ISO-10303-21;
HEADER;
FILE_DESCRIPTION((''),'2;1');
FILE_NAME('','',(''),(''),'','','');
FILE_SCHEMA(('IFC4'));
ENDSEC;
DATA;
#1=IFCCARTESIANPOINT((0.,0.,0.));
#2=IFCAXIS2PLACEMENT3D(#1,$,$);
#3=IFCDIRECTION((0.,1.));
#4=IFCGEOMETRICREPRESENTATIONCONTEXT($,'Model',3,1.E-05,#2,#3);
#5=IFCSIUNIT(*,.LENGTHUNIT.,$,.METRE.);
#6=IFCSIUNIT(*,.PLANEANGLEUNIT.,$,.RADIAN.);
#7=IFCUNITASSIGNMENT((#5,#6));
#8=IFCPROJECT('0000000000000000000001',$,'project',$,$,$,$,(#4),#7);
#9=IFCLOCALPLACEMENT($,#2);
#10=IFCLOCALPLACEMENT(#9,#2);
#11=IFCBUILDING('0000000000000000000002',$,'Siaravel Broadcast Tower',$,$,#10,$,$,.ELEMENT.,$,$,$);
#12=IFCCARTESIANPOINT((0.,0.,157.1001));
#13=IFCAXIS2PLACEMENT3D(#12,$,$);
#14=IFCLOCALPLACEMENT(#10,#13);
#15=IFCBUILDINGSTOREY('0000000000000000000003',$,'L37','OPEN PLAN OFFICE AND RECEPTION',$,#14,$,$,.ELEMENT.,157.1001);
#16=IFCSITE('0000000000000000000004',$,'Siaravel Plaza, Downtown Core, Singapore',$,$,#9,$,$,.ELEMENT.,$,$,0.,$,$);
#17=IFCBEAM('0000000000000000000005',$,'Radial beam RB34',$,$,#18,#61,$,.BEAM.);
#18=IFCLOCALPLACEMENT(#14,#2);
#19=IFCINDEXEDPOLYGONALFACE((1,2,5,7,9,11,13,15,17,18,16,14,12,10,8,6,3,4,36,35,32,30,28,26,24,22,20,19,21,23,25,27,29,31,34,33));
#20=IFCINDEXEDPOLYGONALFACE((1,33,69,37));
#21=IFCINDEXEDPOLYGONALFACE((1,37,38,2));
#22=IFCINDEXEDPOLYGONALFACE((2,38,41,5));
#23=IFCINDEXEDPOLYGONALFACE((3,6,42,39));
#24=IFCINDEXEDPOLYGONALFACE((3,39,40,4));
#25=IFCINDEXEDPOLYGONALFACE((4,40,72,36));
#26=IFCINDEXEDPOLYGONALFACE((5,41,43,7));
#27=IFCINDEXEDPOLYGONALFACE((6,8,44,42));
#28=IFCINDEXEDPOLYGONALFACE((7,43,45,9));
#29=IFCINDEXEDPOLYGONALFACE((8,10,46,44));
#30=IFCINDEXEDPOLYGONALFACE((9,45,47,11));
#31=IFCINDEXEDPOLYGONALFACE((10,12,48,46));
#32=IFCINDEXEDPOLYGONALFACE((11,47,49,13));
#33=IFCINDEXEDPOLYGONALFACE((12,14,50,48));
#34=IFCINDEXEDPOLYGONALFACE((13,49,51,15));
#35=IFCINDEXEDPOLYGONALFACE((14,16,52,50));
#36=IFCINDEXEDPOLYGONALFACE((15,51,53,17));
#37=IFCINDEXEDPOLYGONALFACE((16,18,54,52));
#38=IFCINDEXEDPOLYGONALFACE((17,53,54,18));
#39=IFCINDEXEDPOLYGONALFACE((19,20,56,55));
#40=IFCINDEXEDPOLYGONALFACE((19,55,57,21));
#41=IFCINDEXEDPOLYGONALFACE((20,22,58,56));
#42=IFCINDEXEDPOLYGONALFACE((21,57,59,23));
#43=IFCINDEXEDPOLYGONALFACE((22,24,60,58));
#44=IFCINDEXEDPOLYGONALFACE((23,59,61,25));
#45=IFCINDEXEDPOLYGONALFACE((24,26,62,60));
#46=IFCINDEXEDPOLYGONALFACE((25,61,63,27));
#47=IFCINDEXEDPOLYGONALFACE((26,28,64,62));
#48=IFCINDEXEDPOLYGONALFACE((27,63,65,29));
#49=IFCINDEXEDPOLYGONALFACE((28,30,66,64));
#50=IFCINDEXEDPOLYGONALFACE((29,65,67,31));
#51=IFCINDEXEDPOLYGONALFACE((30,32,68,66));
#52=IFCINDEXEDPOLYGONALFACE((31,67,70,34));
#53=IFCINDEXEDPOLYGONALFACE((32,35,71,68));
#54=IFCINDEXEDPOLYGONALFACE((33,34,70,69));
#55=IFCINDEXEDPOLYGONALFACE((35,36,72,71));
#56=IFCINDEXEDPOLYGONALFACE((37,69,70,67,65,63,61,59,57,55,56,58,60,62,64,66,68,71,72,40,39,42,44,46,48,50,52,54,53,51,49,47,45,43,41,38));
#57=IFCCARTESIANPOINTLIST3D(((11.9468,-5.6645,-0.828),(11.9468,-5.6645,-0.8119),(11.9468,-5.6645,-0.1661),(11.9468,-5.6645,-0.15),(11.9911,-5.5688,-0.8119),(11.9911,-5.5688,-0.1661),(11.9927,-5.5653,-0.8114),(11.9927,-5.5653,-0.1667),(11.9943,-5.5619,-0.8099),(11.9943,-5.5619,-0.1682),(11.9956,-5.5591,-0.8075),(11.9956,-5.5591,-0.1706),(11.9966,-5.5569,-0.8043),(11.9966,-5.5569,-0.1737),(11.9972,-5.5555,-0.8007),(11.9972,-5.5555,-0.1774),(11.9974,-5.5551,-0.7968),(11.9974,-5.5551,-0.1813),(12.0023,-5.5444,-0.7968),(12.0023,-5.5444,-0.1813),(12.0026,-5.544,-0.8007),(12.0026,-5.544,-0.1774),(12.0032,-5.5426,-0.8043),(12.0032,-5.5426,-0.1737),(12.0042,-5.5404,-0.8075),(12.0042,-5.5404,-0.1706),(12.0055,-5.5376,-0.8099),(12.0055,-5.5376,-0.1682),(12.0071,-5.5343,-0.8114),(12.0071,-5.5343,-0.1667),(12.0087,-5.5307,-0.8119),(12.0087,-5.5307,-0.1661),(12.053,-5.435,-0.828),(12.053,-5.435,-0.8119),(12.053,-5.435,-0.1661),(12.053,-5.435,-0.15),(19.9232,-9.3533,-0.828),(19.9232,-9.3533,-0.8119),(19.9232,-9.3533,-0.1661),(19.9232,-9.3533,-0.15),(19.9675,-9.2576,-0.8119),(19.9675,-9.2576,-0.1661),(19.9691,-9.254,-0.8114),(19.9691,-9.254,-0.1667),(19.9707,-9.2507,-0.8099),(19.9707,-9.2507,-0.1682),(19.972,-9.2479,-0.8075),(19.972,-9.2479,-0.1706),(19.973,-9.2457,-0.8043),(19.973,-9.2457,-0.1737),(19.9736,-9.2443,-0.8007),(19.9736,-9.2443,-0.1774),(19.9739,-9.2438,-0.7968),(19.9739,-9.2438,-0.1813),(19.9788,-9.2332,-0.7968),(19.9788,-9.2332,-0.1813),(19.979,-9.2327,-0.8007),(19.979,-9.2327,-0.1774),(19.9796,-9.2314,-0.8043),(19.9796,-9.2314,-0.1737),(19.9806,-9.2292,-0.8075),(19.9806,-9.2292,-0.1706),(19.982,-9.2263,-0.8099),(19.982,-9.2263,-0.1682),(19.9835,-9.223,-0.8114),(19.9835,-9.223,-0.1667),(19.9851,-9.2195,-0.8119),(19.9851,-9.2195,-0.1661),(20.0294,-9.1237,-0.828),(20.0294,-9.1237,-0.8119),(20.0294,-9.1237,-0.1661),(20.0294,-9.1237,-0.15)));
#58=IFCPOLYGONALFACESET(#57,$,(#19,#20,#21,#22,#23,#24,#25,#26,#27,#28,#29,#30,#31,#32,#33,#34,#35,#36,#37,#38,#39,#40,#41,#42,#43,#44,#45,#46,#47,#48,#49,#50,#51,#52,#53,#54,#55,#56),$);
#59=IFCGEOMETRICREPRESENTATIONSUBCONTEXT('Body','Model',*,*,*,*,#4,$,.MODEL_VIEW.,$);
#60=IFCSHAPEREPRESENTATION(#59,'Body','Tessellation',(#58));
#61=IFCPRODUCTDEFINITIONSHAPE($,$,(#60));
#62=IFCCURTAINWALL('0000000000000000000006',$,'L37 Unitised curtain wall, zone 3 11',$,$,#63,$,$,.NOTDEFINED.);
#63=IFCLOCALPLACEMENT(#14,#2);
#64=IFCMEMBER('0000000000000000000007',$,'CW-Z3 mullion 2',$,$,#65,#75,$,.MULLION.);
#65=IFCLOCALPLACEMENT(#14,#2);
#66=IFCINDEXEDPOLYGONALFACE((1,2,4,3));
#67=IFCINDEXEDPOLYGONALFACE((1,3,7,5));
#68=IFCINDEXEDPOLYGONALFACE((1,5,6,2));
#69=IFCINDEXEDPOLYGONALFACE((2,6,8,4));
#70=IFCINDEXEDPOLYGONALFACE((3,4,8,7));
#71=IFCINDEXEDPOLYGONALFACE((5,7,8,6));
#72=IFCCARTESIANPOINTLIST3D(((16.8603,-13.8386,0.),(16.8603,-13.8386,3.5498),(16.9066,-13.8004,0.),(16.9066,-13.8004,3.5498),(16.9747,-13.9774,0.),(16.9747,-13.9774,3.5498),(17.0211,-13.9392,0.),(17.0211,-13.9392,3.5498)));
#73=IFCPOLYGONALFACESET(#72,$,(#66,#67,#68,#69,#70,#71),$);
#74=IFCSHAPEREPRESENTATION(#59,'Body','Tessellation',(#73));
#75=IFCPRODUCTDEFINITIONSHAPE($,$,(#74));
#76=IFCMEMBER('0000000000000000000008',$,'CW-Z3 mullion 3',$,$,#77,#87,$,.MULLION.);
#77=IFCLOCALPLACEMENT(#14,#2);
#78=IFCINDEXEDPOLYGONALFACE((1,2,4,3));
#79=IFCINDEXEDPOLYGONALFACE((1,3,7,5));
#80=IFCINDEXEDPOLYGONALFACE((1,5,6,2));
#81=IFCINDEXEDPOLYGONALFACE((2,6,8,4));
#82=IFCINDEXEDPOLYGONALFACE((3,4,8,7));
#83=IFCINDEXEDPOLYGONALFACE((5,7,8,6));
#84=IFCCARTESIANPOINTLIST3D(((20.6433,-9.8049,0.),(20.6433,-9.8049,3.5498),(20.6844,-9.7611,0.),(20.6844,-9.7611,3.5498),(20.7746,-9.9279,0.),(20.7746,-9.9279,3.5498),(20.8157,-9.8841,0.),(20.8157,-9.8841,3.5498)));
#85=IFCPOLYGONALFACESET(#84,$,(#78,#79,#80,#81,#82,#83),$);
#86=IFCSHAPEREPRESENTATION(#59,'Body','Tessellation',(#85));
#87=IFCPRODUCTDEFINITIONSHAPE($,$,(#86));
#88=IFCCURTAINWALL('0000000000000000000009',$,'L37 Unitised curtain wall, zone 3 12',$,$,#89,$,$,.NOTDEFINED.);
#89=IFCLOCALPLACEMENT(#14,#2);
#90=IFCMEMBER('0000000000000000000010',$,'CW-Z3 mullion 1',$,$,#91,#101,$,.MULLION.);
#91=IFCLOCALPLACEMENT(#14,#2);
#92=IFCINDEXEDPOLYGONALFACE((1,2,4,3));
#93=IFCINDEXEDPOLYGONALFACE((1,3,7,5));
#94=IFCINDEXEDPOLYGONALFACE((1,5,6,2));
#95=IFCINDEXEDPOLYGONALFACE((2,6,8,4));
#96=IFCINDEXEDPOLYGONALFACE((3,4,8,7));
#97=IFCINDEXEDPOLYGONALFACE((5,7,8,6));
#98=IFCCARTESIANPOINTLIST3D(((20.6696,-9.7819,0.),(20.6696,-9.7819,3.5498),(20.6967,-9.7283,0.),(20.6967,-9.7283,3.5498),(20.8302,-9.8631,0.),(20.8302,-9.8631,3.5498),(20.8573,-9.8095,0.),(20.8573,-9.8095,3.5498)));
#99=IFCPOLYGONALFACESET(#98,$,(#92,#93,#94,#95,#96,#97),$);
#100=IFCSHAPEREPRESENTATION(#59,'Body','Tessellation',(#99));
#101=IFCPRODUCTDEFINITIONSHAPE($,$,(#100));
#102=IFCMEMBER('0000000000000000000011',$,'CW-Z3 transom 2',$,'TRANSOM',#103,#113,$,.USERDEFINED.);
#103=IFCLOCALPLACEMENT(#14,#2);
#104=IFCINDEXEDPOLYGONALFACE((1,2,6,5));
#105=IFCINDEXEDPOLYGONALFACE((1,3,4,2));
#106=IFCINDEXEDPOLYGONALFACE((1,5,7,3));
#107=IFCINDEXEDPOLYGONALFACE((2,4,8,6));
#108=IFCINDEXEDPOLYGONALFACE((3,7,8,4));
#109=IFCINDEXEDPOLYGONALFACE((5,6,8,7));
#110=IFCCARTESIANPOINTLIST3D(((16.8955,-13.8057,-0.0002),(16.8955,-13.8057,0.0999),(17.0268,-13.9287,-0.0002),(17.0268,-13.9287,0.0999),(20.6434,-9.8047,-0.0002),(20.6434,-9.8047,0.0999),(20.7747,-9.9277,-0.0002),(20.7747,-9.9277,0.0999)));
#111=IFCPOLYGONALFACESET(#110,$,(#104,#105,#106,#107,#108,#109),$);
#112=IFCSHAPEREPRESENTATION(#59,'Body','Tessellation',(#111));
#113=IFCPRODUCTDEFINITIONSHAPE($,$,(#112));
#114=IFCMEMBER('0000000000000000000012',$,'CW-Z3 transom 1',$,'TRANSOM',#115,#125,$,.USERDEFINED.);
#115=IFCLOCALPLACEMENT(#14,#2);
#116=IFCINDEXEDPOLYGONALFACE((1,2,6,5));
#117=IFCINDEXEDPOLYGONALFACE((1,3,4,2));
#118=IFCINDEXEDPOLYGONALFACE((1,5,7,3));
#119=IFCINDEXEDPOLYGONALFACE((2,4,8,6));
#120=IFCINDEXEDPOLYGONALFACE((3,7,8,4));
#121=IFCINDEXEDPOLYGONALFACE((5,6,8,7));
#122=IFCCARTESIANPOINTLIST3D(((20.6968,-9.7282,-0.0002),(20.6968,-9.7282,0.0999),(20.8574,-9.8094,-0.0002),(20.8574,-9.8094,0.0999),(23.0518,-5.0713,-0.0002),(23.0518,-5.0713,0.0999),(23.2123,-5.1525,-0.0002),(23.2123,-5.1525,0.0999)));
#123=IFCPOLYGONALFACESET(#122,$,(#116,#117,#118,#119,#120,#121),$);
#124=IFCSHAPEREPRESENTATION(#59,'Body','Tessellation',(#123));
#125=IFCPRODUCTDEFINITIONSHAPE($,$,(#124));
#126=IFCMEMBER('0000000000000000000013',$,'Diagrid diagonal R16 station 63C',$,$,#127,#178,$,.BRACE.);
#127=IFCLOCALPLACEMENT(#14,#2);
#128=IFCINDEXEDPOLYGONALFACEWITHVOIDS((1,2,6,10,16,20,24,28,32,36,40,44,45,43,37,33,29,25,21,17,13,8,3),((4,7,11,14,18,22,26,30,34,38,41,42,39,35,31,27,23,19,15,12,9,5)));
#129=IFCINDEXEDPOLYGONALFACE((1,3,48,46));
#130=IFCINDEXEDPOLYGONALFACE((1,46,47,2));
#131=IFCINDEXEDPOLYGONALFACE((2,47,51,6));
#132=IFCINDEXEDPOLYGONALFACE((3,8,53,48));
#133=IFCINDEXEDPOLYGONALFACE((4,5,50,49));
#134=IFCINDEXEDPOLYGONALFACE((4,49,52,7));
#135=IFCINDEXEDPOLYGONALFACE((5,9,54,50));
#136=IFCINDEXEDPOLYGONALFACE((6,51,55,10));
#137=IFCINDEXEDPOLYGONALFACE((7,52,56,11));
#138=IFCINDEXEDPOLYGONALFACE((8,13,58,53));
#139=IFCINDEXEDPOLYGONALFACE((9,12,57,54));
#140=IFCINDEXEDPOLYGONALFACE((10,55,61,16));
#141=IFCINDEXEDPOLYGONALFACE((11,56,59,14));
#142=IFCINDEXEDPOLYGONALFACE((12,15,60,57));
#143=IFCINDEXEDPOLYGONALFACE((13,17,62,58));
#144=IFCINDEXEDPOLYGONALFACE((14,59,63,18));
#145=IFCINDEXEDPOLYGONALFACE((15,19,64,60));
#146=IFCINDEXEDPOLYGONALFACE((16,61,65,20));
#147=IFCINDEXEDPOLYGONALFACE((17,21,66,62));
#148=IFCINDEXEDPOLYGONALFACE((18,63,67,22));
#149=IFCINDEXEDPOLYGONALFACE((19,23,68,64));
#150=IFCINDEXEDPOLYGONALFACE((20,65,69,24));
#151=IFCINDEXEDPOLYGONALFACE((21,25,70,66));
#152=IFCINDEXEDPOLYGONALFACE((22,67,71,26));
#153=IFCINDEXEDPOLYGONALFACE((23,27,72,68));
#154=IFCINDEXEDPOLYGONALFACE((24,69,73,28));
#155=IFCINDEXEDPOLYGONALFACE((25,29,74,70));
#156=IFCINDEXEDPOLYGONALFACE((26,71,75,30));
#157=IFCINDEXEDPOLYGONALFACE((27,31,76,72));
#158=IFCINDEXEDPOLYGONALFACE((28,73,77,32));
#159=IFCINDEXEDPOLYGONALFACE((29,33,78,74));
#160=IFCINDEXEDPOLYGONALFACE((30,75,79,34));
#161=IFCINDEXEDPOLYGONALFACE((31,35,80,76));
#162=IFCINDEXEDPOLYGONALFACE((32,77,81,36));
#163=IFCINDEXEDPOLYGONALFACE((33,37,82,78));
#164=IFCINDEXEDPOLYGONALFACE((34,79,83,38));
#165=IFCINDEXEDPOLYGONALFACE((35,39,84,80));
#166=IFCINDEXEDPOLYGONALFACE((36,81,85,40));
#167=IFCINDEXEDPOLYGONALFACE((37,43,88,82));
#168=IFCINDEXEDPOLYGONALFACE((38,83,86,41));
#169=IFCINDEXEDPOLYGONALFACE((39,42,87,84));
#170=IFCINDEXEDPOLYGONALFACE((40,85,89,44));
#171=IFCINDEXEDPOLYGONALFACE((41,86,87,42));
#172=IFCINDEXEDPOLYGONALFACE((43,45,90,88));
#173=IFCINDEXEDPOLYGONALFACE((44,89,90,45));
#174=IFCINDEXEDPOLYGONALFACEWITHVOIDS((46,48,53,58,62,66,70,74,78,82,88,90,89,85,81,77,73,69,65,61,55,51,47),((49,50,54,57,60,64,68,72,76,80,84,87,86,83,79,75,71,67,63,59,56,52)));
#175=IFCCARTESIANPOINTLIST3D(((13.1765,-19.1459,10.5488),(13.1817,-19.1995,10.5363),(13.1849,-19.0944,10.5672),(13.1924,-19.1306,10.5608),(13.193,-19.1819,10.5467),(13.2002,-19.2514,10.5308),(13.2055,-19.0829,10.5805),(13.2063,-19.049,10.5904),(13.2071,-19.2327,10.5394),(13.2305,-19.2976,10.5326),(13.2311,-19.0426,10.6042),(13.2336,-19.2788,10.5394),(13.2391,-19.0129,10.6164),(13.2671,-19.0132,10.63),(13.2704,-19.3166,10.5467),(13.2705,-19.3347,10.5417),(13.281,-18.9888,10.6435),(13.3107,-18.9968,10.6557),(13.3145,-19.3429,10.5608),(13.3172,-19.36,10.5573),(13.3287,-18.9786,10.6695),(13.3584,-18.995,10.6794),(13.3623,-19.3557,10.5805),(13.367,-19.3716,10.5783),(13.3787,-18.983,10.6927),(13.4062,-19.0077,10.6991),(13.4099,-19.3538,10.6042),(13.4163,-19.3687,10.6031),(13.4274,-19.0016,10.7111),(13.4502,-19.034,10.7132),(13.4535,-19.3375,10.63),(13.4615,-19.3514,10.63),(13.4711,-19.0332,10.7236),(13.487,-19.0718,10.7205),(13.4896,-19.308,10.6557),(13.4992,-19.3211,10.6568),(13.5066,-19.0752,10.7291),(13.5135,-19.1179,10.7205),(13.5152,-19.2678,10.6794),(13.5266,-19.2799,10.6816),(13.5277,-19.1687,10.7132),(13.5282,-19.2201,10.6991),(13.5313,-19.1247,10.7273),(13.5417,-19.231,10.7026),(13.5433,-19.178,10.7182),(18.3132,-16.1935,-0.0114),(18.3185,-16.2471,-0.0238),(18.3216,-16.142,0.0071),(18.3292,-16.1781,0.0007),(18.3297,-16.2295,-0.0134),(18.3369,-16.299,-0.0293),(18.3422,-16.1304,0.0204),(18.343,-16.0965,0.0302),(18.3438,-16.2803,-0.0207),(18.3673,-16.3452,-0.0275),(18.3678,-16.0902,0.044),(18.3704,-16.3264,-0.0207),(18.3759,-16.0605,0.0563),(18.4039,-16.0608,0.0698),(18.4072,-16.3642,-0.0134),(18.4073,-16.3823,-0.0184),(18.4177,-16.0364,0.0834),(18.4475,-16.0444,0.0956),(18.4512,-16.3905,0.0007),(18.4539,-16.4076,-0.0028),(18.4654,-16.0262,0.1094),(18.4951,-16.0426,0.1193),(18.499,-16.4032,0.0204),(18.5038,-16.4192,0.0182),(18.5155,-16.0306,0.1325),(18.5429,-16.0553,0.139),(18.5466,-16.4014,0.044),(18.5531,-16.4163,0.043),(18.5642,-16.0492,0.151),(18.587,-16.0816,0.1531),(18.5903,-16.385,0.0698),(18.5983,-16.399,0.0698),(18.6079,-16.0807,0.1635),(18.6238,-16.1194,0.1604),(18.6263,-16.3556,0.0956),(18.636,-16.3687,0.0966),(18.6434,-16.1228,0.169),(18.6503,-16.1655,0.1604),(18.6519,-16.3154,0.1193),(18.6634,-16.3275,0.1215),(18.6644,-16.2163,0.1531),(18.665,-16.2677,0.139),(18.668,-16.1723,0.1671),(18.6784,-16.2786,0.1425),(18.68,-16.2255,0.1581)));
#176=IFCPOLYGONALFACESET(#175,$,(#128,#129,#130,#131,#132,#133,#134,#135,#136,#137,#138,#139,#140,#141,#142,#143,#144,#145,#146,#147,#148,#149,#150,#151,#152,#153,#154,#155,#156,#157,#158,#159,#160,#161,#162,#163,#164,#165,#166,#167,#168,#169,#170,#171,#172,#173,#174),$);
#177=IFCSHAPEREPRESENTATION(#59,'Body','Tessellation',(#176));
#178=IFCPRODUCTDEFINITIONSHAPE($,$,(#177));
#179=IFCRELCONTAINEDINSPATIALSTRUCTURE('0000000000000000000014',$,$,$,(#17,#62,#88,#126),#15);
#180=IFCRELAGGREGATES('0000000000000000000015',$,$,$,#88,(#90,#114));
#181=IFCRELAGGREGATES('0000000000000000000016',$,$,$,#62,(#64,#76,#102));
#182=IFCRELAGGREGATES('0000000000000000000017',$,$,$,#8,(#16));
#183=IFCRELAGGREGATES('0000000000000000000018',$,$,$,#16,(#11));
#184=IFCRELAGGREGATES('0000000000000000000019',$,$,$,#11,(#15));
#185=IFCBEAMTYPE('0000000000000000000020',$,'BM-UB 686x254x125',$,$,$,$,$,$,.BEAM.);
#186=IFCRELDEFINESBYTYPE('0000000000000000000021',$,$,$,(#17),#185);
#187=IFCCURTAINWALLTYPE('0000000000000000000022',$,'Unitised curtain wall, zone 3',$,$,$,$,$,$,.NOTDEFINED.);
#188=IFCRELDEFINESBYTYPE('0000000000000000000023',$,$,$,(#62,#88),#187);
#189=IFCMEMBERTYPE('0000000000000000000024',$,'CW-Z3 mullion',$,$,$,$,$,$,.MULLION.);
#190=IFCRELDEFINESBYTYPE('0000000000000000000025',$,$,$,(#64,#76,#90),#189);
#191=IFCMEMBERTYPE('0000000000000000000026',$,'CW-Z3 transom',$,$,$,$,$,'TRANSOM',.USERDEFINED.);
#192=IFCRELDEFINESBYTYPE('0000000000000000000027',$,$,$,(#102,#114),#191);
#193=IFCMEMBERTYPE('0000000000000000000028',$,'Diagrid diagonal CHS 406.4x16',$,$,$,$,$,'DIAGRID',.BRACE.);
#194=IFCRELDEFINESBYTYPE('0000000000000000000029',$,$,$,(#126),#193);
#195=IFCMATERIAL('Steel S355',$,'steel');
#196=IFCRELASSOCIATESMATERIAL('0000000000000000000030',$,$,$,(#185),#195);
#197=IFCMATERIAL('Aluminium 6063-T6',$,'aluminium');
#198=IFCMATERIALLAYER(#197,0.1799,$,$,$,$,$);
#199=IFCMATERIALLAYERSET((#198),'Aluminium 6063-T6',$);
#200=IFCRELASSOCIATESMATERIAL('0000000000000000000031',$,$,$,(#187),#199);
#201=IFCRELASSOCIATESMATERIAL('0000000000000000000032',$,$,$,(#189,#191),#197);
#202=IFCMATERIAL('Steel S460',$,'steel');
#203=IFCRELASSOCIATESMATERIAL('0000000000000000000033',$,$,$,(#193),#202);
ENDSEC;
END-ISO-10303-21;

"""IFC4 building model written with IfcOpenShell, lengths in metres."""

from ifc_helpers import new_model, si_unit, direction, frame, origin, origin_2d, place, context, subcontext, project, spatial, rectangle, hollow_circle, i_section, extrude, material, layer, layer_set, material_profile, profile_set, type_object, element, aggregate, save


model = new_model("IFC4")

# Units and contexts
model_context = context("Model", 3, precision=1e-05, world=origin(), true_north=direction((0.0, 1.0)))
body_context = subcontext(model_context, "Body", "Model", "MODEL_VIEW")
ifc_project = project(units=[si_unit("LENGTHUNIT", "METRE"), si_unit("PLANEANGLEUNIT", "RADIAN")], contexts=[model_context])

# Site, building, storey
site_placement = place(None, origin())
site = spatial("IfcSite", under=ifc_project, at=site_placement, Name="Siaravel Plaza, Downtown Core, Singapore", CompositionType="ELEMENT", RefElevation=0.0)
building_placement = place(site_placement, origin())
building = spatial("IfcBuilding", under=site, at=building_placement, Name="Siaravel Broadcast Tower", CompositionType="ELEMENT")
storey_placement = place(building_placement, frame((0.0, 0.0, 157.1001)))
storey = spatial("IfcBuildingStorey", under=building, at=storey_placement, Name="L37", Description="OPEN PLAN OFFICE AND RECEPTION", CompositionType="ELEMENT", Elevation=157.1001)

# Beam
ifc_material_1 = material(Name="Steel S355", Category="steel")
ifc_material_profile_1 = material_profile(ifc_material_1, i_section(OverallWidth=0.2529, OverallDepth=0.678, WebThickness=0.0117, FlangeThickness=0.0161, FilletRadius=0.0151, at=origin_2d()))
ifc_profile_set_1 = profile_set([ifc_material_profile_1], Name="Steel S355")
beam_type = type_object("IfcBeamType", Name="BM-UB 686x254x125", PredefinedType="BEAM", material=ifc_profile_set_1)
beam_1_placement = place(storey_placement, frame((19.9763, -9.2385, -0.489), z_axis=(-0.907641, 0.419747, 0.0), x_axis=(-0.419747, -0.907641, 0.0)))
element("IfcBeam", 1, at=beam_1_placement, inside=storey, type_object=beam_type, Name="Radial beam RB34", PredefinedType="BEAM", context=body_context, shape_type="SweptSolid", body=[
    extrude(i_section(OverallWidth=0.2529, OverallDepth=0.678, WebThickness=0.0117, FlangeThickness=0.0161, FilletRadius=0.0151, at=origin_2d()), origin(), (0.0, 0.0, 1.0), 8.7881),
])

# Curtain wall, members
ifc_material_2 = material(Name="Aluminium 6063-T6", Category="aluminium")
ifc_layer_1 = layer(ifc_material_2, 0.1799)
ifc_layer_set_1 = layer_set([ifc_layer_1], Name="Aluminium 6063-T6")
curtain_wall_type = type_object("IfcCurtainWallType", Name="Unitised curtain wall, zone 3", PredefinedType="NOTDEFINED", material=ifc_layer_set_1)
curtain_wall_1_placement = place(storey_placement, origin())
curtain_wall_1 = element("IfcCurtainWall", 2, at=curtain_wall_1_placement, inside=storey, type_object=curtain_wall_type, Name="L37 Unitised curtain wall, zone 3 11", PredefinedType="NOTDEFINED")
ifc_material_profile_2 = material_profile(ifc_material_2, rectangle(XDim=0.1799, YDim=0.0601, at=origin_2d()))
ifc_profile_set_2 = profile_set([ifc_material_profile_2], Name="Aluminium 6063-T6")
member_type_1 = type_object("IfcMemberType", Name="CW-Z3 mullion", PredefinedType="MULLION", material=ifc_profile_set_2)
member_1_placement = place(storey_placement, frame((16.9407, -13.8889, 0.0), z_axis=(0.0, 0.0, 1.0), x_axis=(-0.63622, 0.771508, 0.0)))
member_1 = element("IfcMember", 3, at=member_1_placement, type_object=member_type_1, Name="CW-Z3 mullion 2", PredefinedType="MULLION", context=body_context, shape_type="SweptSolid", body=[
    extrude(rectangle(XDim=0.1799, YDim=0.0601, at=origin_2d()), origin(), (0.0, 0.0, 1.0), 3.5498),
])
member_2_placement = place(storey_placement, frame((20.7295, -9.8445, 0.0), z_axis=(0.0, 0.0, 1.0), x_axis=(-0.729806, 0.683654, 0.0)))
member_2 = element("IfcMember", 4, at=member_2_placement, type_object=member_type_1, Name="CW-Z3 mullion 3", PredefinedType="MULLION", context=body_context, shape_type="SweptSolid", body=[
    extrude(rectangle(XDim=0.1799, YDim=0.0601, at=origin_2d()), origin(), (0.0, 0.0, 1.0), 3.5498),
])

# Curtain wall, member
curtain_wall_2_placement = place(storey_placement, origin())
curtain_wall_2 = element("IfcCurtainWall", 5, at=curtain_wall_2_placement, inside=storey, type_object=curtain_wall_type, Name="L37 Unitised curtain wall, zone 3 12", PredefinedType="NOTDEFINED")
member_3_placement = place(storey_placement, frame((20.7634, -9.7957, 0.0), z_axis=(0.0, 0.0, 1.0), x_axis=(-0.892393, 0.45126, 0.0)))
member_3 = element("IfcMember", 6, at=member_3_placement, type_object=member_type_1, Name="CW-Z3 mullion 1", PredefinedType="MULLION", context=body_context, shape_type="SweptSolid", body=[
    extrude(rectangle(XDim=0.1799, YDim=0.0601, at=origin_2d()), origin(), (0.0, 0.0, 1.0), 3.5498),
])

# Members
ifc_material_profile_3 = material_profile(ifc_material_2, rectangle(XDim=0.1799, YDim=0.1001, at=origin_2d()))
ifc_profile_set_3 = profile_set([ifc_material_profile_3], Name="Aluminium 6063-T6")
member_type_2 = type_object("IfcMemberType", Name="CW-Z3 transom", ElementType="TRANSOM", PredefinedType="USERDEFINED", material=ifc_profile_set_3)
member_4_placement = place(storey_placement, frame((16.9612, -13.8672, 0.0498), z_axis=(0.683639, 0.72982, 0.0), x_axis=(-0.72982, 0.683639, 0.0)))
member_4 = element("IfcMember", 7, at=member_4_placement, type_object=member_type_2, Name="CW-Z3 transom 2", ObjectType="TRANSOM", PredefinedType="USERDEFINED", context=body_context, shape_type="SweptSolid", body=[
    extrude(rectangle(XDim=0.1799, YDim=0.1001, at=origin_2d()), origin(), (0.0, 0.0, 1.0), 5.4822),
])
member_5_placement = place(storey_placement, frame((20.7771, -9.7688, 0.0498), z_axis=(0.45127, 0.892388, 0.0), x_axis=(-0.892388, 0.45127, 0.0)))
member_5 = element("IfcMember", 8, at=member_5_placement, type_object=member_type_2, Name="CW-Z3 transom 1", ObjectType="TRANSOM", PredefinedType="USERDEFINED", context=body_context, shape_type="SweptSolid", body=[
    extrude(rectangle(XDim=0.1799, YDim=0.1001, at=origin_2d()), origin(), (0.0, 0.0, 1.0), 5.2185),
])
aggregate(curtain_wall_2, [member_3, member_5])

# Member
ifc_material_3 = material(Name="Steel S460", Category="steel")
ifc_material_profile_4 = material_profile(ifc_material_3, hollow_circle(Radius=0.2031, WallThickness=0.0161, at=origin_2d()))
ifc_profile_set_4 = profile_set([ifc_material_profile_4], Name="Steel S460")
member_type_3 = type_object("IfcMemberType", Name="Diagrid diagonal CHS 406.4x16", ElementType="DIAGRID", PredefinedType="BRACE", material=ifc_profile_set_4)
member_6_placement = place(storey_placement, frame((18.4971, -16.2229, 0.0698), z_axis=(-0.424222, -0.243827, 0.872115), x_axis=(0.498316, -0.866995, 0.0)))
element("IfcMember", 9, at=member_6_placement, inside=storey, type_object=member_type_3, Name="Diagrid diagonal R16 station 63C", PredefinedType="BRACE", context=body_context, shape_type="SweptSolid", body=[
    extrude(hollow_circle(Radius=0.2031, WallThickness=0.0161, at=origin_2d()), origin(), (0.0, 0.0, 1.0), 12.1086),
])

aggregate(curtain_wall_1, [member_1, member_2, member_4])

save(model, "model.ifc")
